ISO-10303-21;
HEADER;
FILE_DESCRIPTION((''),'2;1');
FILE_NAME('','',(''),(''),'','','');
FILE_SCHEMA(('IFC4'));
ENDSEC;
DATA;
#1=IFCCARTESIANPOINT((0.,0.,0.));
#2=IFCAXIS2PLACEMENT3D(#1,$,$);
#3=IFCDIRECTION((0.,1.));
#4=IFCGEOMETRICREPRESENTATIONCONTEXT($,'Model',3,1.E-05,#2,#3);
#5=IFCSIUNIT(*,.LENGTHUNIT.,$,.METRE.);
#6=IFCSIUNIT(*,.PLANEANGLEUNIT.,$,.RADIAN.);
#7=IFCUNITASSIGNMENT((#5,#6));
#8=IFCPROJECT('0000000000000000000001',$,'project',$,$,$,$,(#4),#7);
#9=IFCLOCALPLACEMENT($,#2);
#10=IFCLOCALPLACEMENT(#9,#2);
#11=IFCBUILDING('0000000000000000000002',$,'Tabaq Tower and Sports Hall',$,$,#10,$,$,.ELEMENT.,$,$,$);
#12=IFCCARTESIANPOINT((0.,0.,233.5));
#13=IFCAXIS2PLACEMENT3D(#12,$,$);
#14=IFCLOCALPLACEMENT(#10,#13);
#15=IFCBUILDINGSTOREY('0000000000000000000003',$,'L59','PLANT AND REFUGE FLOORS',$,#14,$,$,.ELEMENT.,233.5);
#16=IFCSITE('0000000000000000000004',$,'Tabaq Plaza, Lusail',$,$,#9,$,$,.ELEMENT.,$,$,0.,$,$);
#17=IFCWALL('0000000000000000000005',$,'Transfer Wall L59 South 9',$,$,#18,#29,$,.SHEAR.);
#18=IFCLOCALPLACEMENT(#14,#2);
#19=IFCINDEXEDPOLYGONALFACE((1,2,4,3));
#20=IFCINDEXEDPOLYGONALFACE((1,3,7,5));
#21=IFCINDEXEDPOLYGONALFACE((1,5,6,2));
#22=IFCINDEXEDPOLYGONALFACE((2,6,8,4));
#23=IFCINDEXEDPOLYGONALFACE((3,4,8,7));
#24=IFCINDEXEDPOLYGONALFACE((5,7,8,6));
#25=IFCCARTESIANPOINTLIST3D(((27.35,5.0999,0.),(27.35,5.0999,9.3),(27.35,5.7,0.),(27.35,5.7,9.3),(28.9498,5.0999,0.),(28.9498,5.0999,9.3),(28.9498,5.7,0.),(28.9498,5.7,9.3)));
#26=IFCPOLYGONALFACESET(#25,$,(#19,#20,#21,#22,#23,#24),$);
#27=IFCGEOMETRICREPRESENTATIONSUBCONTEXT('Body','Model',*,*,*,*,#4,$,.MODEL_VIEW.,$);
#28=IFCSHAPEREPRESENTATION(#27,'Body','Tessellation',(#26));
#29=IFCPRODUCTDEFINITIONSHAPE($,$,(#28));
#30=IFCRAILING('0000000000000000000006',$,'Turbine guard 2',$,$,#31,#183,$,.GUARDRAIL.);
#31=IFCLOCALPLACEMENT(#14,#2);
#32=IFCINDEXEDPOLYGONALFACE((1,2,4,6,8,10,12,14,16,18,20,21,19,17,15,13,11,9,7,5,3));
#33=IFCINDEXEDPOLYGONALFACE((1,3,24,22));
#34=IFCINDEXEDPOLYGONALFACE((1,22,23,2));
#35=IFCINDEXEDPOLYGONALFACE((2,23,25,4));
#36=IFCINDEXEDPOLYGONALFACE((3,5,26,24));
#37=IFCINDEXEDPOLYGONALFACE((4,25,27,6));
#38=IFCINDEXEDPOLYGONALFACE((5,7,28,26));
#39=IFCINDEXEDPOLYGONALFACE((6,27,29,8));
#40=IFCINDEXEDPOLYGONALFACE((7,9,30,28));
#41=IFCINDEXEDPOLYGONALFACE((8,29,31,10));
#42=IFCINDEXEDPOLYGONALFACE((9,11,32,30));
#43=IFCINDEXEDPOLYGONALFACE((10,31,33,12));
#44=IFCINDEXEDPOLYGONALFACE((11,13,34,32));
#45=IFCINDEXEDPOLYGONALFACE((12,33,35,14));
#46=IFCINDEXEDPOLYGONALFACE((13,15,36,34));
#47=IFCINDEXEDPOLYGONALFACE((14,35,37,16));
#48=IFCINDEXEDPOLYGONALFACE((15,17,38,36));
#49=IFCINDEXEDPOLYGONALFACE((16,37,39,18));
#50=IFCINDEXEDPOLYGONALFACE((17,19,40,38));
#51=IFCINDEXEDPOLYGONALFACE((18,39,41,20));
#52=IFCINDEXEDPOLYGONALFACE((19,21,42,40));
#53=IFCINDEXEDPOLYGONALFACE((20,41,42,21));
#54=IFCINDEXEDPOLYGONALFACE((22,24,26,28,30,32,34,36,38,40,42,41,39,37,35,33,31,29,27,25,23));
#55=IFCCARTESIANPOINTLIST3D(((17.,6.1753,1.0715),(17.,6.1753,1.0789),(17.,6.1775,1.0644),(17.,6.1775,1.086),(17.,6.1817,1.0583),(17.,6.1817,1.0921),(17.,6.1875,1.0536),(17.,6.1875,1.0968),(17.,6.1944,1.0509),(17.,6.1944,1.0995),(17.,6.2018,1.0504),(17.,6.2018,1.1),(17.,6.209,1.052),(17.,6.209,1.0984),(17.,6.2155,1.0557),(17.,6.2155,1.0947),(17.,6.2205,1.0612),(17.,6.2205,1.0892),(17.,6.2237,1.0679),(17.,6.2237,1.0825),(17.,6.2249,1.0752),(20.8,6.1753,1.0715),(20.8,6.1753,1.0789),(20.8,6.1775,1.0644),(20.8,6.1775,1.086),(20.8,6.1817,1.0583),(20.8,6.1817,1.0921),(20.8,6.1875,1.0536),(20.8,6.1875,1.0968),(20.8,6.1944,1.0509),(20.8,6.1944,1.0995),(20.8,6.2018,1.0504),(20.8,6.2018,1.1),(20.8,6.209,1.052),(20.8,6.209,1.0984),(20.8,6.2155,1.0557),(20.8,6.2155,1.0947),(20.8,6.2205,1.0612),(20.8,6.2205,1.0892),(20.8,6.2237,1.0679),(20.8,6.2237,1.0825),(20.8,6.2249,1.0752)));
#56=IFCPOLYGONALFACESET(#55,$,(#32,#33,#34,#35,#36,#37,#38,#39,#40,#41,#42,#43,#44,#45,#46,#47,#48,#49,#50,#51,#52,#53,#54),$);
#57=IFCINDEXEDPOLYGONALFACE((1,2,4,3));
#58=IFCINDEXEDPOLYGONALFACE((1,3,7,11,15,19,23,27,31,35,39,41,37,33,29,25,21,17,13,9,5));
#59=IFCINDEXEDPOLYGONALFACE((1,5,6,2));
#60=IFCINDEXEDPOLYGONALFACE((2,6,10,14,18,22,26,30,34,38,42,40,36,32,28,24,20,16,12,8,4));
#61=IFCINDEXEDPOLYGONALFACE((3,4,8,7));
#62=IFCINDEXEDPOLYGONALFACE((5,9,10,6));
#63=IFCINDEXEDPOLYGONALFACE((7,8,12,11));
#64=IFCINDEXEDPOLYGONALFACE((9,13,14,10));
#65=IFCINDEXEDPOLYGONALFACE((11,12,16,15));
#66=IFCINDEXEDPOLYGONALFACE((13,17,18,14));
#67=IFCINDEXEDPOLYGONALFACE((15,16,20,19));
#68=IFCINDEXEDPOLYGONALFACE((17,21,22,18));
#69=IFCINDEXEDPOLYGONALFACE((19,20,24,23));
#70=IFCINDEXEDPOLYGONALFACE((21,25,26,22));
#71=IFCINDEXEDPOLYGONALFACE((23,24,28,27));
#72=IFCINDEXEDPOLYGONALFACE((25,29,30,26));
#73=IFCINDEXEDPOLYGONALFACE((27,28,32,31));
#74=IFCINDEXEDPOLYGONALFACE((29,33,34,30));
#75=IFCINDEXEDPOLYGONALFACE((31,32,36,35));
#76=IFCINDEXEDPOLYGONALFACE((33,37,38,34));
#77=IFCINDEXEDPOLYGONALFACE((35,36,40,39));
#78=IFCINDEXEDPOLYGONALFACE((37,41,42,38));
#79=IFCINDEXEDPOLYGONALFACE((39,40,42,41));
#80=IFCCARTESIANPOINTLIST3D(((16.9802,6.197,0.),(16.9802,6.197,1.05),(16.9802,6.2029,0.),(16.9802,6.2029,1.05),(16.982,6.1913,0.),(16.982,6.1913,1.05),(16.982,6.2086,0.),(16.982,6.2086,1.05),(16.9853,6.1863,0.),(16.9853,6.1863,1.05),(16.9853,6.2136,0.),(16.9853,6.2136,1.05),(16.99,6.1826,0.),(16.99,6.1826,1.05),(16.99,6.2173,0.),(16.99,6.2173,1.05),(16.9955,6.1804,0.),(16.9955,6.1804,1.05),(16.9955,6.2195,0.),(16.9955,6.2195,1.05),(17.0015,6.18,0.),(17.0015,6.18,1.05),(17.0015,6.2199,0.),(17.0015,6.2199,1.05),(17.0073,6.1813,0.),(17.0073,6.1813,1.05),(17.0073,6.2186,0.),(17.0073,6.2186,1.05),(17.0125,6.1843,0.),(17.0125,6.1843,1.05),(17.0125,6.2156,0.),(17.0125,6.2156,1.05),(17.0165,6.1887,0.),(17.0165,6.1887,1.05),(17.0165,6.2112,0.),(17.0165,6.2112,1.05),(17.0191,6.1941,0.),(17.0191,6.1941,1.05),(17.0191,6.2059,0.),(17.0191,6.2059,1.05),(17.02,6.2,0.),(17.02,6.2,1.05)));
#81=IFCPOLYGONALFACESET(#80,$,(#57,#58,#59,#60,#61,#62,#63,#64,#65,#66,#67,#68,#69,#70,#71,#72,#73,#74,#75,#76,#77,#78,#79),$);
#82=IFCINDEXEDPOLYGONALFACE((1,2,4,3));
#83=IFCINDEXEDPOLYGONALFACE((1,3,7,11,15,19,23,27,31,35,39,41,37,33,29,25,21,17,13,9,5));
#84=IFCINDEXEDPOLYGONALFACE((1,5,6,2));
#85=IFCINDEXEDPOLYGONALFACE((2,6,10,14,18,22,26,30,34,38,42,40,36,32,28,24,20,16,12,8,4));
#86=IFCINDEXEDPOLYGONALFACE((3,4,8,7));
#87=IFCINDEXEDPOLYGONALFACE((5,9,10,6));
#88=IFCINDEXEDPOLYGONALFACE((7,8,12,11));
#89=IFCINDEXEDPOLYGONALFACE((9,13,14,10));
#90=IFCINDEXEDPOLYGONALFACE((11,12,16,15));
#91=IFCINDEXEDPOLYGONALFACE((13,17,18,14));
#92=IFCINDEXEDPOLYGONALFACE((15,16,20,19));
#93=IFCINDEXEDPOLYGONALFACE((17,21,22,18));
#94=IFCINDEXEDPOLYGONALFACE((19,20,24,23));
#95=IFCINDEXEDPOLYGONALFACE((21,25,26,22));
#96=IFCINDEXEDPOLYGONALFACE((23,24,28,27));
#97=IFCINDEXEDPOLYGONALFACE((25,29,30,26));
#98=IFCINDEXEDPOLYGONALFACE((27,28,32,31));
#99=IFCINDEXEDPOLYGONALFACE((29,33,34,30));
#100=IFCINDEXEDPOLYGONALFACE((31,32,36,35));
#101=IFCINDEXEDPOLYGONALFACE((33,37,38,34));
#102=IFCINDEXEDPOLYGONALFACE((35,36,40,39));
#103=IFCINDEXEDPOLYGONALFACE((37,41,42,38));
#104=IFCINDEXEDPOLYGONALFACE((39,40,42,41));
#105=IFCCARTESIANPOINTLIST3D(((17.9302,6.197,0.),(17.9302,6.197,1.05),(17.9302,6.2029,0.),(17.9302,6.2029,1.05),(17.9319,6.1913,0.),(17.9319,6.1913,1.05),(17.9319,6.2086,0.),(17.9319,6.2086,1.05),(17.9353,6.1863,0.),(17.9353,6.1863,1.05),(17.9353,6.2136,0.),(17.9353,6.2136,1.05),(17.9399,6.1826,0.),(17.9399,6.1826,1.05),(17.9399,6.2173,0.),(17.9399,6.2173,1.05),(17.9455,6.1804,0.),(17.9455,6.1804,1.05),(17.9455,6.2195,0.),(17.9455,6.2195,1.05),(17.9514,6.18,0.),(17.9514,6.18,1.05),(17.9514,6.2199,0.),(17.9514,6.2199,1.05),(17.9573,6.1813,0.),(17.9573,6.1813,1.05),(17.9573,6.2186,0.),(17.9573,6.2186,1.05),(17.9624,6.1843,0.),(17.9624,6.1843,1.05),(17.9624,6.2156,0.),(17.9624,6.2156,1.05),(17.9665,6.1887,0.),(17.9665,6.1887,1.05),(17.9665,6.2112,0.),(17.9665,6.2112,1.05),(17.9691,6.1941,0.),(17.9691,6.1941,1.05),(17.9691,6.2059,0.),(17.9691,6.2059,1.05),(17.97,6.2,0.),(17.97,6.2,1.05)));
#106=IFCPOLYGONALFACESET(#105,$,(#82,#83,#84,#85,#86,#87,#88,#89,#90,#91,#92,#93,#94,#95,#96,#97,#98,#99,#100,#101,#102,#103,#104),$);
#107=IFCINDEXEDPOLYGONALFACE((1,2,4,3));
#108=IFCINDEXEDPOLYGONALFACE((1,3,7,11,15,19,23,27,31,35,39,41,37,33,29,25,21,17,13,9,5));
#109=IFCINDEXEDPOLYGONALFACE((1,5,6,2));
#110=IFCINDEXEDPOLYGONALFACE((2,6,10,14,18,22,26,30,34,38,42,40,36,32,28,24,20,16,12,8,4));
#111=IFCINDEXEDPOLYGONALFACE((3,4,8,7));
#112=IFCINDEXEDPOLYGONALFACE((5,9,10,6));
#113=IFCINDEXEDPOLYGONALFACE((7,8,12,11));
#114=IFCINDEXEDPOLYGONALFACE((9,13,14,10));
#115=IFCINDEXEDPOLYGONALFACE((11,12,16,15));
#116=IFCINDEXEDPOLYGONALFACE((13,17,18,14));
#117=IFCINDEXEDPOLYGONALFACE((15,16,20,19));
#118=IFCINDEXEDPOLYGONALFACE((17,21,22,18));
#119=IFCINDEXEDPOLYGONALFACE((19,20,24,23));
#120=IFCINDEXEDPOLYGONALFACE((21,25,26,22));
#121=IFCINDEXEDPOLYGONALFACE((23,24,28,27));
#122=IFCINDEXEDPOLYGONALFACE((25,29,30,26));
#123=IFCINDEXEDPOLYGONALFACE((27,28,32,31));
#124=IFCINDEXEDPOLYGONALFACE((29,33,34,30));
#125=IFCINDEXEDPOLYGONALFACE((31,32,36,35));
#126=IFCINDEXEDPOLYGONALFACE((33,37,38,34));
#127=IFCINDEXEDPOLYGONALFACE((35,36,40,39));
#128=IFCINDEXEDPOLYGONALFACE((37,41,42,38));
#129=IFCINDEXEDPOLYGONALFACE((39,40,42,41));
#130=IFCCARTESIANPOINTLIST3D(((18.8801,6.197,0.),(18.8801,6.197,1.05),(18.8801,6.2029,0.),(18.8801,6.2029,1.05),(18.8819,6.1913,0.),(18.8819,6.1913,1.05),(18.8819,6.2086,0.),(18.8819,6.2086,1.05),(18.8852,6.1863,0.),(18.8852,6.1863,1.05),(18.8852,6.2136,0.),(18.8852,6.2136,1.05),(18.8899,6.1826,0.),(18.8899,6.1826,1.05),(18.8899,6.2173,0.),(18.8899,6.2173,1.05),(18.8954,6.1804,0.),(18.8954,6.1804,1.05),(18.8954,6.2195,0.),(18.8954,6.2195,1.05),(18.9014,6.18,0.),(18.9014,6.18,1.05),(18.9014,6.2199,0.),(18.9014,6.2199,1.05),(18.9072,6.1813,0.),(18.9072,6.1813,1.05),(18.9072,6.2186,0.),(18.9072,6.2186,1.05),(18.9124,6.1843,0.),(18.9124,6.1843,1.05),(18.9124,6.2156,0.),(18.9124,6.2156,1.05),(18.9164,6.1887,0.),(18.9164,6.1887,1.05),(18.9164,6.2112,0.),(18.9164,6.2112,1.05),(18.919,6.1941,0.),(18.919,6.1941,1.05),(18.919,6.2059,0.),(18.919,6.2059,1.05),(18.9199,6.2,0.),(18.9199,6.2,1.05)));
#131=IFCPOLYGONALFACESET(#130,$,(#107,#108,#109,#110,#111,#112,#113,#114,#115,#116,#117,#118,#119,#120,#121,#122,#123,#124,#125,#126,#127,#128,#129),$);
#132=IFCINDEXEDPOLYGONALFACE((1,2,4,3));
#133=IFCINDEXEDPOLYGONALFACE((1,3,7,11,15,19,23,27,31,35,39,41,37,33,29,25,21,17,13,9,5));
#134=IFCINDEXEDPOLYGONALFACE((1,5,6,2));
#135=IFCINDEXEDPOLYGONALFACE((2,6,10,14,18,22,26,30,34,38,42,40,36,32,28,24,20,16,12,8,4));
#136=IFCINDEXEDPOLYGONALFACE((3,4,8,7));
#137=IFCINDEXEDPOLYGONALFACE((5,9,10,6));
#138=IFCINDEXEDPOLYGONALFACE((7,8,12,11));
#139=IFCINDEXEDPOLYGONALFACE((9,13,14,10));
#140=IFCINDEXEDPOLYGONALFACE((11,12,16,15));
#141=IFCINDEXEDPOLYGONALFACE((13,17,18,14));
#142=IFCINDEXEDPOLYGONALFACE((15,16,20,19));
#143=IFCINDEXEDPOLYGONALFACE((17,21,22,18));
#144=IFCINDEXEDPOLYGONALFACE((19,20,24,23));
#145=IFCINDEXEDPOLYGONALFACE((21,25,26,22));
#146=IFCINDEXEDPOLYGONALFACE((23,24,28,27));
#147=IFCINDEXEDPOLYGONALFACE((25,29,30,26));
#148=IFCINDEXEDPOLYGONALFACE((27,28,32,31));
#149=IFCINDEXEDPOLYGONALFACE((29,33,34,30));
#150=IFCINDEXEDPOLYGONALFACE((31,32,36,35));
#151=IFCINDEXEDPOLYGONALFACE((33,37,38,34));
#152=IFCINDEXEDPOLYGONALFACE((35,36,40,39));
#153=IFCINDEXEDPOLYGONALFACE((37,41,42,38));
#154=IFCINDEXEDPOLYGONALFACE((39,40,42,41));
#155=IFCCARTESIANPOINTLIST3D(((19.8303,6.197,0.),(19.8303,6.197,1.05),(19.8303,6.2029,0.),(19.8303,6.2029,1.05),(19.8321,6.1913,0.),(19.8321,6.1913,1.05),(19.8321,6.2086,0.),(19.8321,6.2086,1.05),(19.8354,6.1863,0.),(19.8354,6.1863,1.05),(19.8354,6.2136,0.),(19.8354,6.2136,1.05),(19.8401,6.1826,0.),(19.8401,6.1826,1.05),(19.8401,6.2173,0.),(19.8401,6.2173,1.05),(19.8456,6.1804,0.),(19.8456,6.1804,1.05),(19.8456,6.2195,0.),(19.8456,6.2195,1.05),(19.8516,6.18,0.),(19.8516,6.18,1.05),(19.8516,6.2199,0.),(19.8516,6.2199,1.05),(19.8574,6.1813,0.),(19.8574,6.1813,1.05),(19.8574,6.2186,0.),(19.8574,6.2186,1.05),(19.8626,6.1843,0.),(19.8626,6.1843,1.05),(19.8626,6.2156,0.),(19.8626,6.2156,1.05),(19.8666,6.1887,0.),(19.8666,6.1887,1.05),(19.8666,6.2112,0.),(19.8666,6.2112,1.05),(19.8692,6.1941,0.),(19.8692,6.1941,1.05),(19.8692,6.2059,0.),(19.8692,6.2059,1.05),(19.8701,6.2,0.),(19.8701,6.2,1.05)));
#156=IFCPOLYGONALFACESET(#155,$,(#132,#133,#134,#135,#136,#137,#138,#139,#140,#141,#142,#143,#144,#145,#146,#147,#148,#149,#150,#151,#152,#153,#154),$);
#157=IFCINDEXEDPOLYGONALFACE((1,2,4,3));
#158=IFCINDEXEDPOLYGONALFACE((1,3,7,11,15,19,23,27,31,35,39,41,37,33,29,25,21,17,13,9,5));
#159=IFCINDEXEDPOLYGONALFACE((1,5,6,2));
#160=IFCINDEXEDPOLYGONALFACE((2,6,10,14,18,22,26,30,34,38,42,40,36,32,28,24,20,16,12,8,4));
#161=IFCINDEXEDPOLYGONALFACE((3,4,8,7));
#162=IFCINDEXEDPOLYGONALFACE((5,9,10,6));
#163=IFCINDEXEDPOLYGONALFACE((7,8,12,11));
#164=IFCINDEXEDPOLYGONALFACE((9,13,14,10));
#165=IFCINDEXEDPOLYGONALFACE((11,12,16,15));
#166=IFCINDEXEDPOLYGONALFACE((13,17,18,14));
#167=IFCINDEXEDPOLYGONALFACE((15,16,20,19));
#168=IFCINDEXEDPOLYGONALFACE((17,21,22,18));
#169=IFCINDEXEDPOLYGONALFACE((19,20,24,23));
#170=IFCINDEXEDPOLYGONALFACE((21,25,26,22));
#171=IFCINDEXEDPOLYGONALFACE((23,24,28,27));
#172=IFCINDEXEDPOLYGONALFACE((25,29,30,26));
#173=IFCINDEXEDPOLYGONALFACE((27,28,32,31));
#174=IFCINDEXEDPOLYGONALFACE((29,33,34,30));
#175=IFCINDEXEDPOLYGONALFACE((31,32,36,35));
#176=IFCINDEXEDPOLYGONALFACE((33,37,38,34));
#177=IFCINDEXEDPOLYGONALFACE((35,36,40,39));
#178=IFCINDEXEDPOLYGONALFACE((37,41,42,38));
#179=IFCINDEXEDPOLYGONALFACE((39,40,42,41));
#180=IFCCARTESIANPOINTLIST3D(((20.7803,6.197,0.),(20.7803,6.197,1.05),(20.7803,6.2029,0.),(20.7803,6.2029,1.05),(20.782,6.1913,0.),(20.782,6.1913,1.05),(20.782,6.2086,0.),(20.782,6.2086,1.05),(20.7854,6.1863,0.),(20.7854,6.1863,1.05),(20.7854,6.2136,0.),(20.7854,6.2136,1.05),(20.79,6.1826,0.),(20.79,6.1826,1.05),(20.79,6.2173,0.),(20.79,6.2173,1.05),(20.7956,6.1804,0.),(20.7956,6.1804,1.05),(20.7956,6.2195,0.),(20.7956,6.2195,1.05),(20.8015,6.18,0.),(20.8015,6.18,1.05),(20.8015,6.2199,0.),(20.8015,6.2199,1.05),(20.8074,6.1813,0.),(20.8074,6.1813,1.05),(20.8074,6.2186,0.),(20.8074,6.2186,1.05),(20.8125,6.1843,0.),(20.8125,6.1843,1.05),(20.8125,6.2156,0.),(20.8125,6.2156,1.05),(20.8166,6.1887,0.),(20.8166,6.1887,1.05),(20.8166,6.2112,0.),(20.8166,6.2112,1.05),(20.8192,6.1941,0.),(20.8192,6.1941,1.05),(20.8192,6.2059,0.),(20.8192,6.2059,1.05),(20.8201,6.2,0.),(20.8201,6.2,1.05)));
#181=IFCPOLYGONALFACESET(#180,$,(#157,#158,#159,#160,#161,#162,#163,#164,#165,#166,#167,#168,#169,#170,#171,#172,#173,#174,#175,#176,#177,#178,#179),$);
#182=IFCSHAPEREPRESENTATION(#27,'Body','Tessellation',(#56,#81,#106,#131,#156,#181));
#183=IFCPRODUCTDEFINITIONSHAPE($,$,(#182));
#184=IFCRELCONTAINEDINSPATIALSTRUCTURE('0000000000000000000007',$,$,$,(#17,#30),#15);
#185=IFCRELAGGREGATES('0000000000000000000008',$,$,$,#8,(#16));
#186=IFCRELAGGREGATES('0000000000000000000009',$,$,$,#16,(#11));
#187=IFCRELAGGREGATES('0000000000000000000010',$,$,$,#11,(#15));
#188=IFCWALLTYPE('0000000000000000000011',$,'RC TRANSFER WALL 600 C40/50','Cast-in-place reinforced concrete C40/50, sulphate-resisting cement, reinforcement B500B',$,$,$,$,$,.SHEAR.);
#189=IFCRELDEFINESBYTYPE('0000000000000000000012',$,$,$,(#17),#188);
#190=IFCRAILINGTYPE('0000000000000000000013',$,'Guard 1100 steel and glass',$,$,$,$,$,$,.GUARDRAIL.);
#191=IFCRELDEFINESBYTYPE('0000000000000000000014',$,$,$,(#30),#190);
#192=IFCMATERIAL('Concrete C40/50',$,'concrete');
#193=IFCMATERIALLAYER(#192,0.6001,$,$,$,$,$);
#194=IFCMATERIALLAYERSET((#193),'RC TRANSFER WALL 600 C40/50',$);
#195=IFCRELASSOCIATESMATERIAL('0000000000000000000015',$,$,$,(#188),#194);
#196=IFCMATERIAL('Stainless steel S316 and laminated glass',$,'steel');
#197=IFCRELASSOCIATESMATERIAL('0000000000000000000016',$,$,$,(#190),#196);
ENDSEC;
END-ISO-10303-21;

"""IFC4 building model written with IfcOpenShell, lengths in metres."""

from ifc_helpers import new_model, si_unit, direction, frame, frame_2d, origin, origin_2d, place, context, subcontext, project, spatial, rectangle, circle, extrude, material, layer, layer_set, type_object, element, save


model = new_model("IFC4")

# Units and contexts
model_context = context("Model", 3, precision=1e-05, world=origin(), true_north=direction((0.0, 1.0)))
body_context = subcontext(model_context, "Body", "Model", "MODEL_VIEW")
ifc_project = project(units=[si_unit("LENGTHUNIT", "METRE"), si_unit("PLANEANGLEUNIT", "RADIAN")], contexts=[model_context])

# Site, building, storey
site_placement = place(None, origin())
site = spatial("IfcSite", under=ifc_project, at=site_placement, Name="Tabaq Plaza, Lusail", CompositionType="ELEMENT", RefElevation=0.0)
building_placement = place(site_placement, origin())
building = spatial("IfcBuilding", under=site, at=building_placement, Name="Tabaq Tower and Sports Hall", CompositionType="ELEMENT")
storey_placement = place(building_placement, frame((0.0, 0.0, 233.5)))
storey = spatial("IfcBuildingStorey", under=building, at=storey_placement, Name="L59", Description="PLANT AND REFUGE FLOORS", CompositionType="ELEMENT", Elevation=233.5)

# Wall
ifc_material_1 = material(Name="Concrete C40/50", Category="concrete")
ifc_layer_1 = layer(ifc_material_1, 0.6001)
ifc_layer_set_1 = layer_set([ifc_layer_1], Name="RC TRANSFER WALL 600 C40/50")
wall_type = type_object("IfcWallType", Name="RC TRANSFER WALL 600 C40/50", Description="Cast-in-place reinforced concrete C40/50, sulphate-resisting cement, reinforcement B500B", PredefinedType="SHEAR", material=ifc_layer_set_1)
wall_1_placement = place(storey_placement, frame((27.3501, 5.3999, 0.0), z_axis=(0.0, 0.0, 1.0), x_axis=(1.0, 0.0, 0.0)))
element("IfcWall", 1, at=wall_1_placement, inside=storey, type_object=wall_type, Name="Transfer Wall L59 South 9", PredefinedType="SHEAR", context=body_context, shape_type="SweptSolid", body=[
    extrude(rectangle(XDim=1.5999, YDim=0.6001, at=frame_2d((0.7998, 0.0))), origin(), (0.0, 0.0, 1.0), 9.3),
])

# Railing
ifc_material_2 = material(Name="Stainless steel S316 and laminated glass", Category="steel")
railing_type = type_object("IfcRailingType", Name="Guard 1100 steel and glass", PredefinedType="GUARDRAIL", material=ifc_material_2)
railing_1_placement = place(storey_placement, frame((17.0, 6.2, 0.0)))
element("IfcRailing", 2, at=railing_1_placement, inside=storey, type_object=railing_type, Name="Turbine guard 2", PredefinedType="GUARDRAIL", context=body_context, shape_type="SweptSolid", body=[
    extrude(circle(Radius=0.0249, at=origin_2d()), frame((0.0, 0.0, 1.0752), z_axis=(1.0, 0.0, 0.0), x_axis=(0.0, 1.0, 0.0)), (0.0, 0.0, 1.0), 3.8),
    extrude(circle(Radius=0.02, at=origin_2d()), origin(), (0.0, 0.0, 1.0), 1.05),
    extrude(circle(Radius=0.02, at=origin_2d()), frame((0.95, 0.0, 0.0)), (0.0, 0.0, 1.0), 1.05),
    extrude(circle(Radius=0.02, at=origin_2d()), frame((1.8999, 0.0, 0.0)), (0.0, 0.0, 1.0), 1.05),
    extrude(circle(Radius=0.02, at=origin_2d()), frame((2.8501, 0.0, 0.0)), (0.0, 0.0, 1.0), 1.05),
    extrude(circle(Radius=0.02, at=origin_2d()), frame((3.8, 0.0, 0.0)), (0.0, 0.0, 1.0), 1.05),
])

save(model, "model.ifc")
